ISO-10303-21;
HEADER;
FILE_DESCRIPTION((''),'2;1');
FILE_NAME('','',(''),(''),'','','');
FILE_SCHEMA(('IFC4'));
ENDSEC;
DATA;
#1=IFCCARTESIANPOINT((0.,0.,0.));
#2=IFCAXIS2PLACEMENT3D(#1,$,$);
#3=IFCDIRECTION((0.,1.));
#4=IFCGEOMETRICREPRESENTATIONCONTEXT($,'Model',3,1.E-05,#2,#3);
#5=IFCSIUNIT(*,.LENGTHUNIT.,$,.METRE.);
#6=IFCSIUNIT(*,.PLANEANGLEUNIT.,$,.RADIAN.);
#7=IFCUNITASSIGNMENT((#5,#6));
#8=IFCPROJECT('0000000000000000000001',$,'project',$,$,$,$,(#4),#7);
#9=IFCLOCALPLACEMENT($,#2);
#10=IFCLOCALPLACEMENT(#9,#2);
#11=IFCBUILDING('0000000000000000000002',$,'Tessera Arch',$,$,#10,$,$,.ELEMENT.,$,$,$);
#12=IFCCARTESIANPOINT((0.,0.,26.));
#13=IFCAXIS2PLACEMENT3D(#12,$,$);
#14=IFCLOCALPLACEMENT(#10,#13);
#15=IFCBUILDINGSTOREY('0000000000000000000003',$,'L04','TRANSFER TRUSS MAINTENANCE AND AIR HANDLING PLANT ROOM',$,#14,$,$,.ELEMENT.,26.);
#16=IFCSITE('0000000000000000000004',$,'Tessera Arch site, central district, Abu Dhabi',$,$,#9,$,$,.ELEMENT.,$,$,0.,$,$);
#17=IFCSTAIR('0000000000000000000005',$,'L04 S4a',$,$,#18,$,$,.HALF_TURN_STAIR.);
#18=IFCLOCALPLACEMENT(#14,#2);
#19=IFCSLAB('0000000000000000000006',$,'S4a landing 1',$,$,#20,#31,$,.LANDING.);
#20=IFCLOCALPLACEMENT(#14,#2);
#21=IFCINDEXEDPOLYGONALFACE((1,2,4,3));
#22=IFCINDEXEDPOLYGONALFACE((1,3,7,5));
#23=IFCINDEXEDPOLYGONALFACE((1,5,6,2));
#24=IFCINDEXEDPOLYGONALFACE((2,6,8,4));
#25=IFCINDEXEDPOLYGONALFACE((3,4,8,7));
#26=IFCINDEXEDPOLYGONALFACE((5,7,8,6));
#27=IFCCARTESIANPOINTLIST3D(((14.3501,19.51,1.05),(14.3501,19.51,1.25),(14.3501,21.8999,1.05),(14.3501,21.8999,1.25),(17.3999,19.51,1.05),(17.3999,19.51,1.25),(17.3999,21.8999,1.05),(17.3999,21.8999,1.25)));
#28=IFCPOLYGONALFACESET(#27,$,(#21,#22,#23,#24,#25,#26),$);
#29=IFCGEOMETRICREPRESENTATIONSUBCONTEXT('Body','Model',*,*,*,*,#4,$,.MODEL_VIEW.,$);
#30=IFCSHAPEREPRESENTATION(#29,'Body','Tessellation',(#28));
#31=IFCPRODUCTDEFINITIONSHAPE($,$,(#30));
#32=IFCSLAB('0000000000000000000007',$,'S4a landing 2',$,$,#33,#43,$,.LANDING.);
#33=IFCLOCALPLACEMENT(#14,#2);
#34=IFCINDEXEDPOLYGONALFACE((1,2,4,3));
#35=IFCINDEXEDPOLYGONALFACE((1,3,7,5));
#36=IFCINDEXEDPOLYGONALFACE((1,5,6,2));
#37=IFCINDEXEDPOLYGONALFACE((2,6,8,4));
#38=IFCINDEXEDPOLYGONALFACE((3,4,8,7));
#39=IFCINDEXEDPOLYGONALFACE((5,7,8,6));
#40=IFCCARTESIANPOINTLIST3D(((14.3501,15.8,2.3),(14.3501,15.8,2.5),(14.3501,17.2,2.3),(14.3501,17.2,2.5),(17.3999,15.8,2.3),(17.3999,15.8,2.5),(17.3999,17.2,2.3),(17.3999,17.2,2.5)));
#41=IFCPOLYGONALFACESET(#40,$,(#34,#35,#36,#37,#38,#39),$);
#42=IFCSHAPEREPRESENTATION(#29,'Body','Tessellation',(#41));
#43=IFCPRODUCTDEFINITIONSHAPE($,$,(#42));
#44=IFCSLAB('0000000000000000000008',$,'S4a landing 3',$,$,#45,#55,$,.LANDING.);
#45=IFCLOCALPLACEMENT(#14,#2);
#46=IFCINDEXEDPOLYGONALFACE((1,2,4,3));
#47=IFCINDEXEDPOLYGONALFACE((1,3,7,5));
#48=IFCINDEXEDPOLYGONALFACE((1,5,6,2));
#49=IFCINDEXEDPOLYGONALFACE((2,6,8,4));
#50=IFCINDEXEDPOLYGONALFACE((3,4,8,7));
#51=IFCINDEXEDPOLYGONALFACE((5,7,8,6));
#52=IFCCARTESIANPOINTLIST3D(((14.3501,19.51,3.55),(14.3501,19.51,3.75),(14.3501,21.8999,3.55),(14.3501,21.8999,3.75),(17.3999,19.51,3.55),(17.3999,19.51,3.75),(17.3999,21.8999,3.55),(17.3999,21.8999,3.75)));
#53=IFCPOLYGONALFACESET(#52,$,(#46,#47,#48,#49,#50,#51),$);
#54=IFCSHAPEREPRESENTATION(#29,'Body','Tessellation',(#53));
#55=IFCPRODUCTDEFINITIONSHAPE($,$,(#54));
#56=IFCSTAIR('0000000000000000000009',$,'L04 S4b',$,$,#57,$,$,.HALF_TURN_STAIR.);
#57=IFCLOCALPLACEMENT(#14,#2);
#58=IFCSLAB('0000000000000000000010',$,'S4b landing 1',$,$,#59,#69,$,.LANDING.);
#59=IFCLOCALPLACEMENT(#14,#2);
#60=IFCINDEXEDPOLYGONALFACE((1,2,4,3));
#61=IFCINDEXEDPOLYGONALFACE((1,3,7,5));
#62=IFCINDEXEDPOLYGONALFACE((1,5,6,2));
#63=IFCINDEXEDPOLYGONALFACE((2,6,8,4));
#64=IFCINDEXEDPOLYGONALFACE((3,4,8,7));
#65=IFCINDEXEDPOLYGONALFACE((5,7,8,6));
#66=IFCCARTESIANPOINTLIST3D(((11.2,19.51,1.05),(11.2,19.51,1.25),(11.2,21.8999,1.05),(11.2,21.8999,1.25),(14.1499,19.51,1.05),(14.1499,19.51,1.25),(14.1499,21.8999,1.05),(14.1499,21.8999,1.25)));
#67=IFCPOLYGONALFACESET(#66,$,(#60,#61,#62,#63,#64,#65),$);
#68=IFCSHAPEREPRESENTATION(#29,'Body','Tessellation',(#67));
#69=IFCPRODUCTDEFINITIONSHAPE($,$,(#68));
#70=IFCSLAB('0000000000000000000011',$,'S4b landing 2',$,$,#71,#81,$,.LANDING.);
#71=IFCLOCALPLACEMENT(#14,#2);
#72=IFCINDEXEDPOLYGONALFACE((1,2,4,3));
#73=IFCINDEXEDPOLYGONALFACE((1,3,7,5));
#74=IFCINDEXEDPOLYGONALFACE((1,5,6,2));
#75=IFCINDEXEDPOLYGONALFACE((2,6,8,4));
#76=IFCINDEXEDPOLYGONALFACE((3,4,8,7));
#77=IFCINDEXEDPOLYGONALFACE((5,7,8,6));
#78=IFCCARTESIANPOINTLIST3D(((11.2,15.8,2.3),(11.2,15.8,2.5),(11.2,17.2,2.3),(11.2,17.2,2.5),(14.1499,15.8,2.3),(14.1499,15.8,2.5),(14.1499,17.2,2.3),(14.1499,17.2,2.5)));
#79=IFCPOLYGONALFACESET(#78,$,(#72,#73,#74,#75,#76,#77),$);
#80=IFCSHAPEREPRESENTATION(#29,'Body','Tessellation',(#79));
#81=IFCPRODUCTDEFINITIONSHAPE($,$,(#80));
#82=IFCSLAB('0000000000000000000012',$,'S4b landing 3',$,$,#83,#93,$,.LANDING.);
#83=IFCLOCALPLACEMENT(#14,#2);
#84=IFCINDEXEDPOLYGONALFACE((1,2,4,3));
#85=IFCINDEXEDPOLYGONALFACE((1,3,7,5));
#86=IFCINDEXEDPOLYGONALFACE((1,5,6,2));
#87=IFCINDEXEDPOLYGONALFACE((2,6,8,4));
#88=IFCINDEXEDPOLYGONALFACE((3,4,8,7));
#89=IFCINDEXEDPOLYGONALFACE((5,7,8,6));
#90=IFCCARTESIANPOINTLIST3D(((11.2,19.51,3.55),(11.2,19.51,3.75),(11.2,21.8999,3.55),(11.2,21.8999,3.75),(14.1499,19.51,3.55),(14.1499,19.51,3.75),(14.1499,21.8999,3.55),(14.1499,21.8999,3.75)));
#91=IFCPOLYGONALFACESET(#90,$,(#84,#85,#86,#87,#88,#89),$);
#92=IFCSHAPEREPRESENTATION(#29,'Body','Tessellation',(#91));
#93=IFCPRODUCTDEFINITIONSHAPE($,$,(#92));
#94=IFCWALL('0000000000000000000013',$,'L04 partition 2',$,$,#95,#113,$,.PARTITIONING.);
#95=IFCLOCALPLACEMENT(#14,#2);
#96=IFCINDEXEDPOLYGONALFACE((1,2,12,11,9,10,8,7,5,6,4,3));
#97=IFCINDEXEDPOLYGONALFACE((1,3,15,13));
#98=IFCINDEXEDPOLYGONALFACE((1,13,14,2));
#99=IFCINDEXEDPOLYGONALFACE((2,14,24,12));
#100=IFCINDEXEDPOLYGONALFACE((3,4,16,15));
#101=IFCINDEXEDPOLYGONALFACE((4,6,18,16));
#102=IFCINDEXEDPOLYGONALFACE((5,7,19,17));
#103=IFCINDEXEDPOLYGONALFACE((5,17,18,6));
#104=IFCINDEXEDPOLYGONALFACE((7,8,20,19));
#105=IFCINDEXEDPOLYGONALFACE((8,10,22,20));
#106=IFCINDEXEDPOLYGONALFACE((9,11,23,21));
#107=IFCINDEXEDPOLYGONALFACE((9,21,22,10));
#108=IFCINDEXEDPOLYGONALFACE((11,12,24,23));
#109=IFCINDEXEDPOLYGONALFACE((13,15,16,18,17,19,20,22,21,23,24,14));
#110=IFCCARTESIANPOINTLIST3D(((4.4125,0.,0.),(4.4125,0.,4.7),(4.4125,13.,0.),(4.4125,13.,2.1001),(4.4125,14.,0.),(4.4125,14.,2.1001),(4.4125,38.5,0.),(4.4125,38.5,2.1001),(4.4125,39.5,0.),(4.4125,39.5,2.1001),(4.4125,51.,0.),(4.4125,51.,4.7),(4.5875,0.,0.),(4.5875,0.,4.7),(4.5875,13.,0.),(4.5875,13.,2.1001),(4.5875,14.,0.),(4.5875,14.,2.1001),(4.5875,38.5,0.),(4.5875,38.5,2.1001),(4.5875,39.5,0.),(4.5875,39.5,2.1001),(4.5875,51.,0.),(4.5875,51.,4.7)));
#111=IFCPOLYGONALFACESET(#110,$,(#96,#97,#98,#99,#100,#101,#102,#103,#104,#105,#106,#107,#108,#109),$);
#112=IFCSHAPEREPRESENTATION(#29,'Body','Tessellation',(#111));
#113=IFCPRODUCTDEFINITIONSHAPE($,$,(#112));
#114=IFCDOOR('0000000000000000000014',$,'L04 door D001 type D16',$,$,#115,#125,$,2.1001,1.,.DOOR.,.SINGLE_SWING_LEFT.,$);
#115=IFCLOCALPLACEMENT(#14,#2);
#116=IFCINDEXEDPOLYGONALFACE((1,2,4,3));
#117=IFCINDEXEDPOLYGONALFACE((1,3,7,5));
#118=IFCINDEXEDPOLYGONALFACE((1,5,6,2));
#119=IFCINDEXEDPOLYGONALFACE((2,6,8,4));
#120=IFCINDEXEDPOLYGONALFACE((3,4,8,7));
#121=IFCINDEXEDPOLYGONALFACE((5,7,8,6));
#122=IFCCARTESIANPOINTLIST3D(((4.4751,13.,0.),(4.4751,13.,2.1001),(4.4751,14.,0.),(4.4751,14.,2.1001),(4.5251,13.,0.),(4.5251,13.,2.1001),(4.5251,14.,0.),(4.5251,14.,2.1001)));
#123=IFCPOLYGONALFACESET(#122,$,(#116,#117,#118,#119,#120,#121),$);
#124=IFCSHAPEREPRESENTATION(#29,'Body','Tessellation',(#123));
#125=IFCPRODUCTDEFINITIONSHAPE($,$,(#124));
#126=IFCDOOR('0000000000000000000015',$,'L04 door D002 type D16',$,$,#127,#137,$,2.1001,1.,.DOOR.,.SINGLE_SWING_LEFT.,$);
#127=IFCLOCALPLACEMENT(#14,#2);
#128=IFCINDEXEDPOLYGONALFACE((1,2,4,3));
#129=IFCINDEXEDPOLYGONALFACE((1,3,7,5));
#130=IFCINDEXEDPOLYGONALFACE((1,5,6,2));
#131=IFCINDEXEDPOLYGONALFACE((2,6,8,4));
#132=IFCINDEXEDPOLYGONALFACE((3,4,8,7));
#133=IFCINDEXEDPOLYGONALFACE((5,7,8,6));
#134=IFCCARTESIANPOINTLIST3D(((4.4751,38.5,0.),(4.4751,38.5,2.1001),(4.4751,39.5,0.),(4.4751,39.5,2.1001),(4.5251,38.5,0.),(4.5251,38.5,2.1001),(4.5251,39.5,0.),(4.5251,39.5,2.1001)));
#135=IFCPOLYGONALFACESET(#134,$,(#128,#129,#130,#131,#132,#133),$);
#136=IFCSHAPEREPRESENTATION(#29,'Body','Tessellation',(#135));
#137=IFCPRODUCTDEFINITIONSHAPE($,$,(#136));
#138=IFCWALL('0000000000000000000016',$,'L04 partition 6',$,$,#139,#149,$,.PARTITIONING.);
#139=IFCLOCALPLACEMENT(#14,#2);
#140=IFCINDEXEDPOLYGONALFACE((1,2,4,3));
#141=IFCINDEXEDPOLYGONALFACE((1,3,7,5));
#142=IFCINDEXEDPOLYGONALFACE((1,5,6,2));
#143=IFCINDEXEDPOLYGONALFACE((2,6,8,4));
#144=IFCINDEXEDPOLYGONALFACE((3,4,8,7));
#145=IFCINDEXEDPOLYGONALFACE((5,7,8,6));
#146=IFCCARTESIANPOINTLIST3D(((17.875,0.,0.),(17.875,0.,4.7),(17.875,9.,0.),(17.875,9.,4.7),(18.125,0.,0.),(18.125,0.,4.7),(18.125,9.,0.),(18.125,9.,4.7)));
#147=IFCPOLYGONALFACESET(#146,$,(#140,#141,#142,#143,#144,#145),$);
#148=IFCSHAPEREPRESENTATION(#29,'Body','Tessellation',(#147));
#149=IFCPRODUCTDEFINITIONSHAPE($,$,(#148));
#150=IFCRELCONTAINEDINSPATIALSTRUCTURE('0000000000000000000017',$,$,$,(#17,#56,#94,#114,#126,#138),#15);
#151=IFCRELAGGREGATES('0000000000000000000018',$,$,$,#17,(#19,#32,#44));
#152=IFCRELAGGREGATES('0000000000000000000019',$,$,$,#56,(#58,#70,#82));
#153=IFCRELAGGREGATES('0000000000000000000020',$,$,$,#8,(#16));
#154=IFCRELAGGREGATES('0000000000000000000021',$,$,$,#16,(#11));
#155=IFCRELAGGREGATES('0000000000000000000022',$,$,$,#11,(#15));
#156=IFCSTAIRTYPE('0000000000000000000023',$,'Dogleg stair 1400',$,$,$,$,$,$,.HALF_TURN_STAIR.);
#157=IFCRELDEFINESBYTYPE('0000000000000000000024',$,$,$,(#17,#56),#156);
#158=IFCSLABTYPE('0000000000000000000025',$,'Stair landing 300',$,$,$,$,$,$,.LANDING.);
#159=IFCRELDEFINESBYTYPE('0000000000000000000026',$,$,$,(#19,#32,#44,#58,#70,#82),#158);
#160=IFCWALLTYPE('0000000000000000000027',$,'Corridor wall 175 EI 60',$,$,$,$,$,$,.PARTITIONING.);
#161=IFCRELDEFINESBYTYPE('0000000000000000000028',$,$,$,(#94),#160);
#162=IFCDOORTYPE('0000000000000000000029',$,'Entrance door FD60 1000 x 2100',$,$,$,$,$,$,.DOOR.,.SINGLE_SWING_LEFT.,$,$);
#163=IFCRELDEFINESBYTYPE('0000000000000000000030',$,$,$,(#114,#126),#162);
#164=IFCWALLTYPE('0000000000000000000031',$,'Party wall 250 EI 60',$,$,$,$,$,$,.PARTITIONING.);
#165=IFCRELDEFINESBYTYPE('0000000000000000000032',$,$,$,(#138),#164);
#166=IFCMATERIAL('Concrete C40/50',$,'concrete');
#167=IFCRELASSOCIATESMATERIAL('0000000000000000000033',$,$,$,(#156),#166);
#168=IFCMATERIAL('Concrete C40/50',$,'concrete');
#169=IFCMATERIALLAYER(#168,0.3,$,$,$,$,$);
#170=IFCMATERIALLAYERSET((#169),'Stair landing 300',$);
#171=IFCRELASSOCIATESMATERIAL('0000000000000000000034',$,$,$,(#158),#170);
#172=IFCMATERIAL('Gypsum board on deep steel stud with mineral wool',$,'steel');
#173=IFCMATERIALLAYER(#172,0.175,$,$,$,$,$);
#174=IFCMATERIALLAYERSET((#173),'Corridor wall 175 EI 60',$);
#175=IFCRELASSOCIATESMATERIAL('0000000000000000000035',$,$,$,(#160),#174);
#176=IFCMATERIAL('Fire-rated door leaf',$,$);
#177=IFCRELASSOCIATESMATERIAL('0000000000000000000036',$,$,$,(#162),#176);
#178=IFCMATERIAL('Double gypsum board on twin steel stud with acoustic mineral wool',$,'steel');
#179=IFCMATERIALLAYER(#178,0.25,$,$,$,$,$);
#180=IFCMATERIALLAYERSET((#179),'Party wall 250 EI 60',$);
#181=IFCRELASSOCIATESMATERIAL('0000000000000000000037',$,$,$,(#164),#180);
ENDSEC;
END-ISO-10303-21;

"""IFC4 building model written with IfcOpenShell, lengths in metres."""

from ifc_helpers import new_model, si_unit, direction, frame, frame_2d, origin, place, context, subcontext, project, spatial, polyline, rectangle, outline, extrude, material, layer, layer_set, type_object, element, fill, aggregate, save


model = new_model("IFC4")

# Units and contexts
model_context = context("Model", 3, precision=1e-05, world=origin(), true_north=direction((0.0, 1.0)))
body_context = subcontext(model_context, "Body", "Model", "MODEL_VIEW")
ifc_project = project(units=[si_unit("LENGTHUNIT", "METRE"), si_unit("PLANEANGLEUNIT", "RADIAN")], contexts=[model_context])

# Site, building, storey
site_placement = place(None, origin())
site = spatial("IfcSite", under=ifc_project, at=site_placement, Name="Tessera Arch site, central district, Abu Dhabi", CompositionType="ELEMENT", RefElevation=0.0)
building_placement = place(site_placement, origin())
building = spatial("IfcBuilding", under=site, at=building_placement, Name="Tessera Arch", CompositionType="ELEMENT")
storey_placement = place(building_placement, frame((0.0, 0.0, 26.0)))
storey = spatial("IfcBuildingStorey", under=building, at=storey_placement, Name="L04", Description="TRANSFER TRUSS MAINTENANCE AND AIR HANDLING PLANT ROOM", CompositionType="ELEMENT", Elevation=26.0)

# Stairs, slabs
ifc_material_1 = material(Name="Concrete C40/50", Category="concrete")
stair_type = type_object("IfcStairType", Name="Dogleg stair 1400", PredefinedType="HALF_TURN_STAIR", material=ifc_material_1)
stair_1_placement = place(storey_placement, origin())
stair_1 = element("IfcStair", 1, at=stair_1_placement, inside=storey, type_object=stair_type, Name="L04 S4a", PredefinedType="HALF_TURN_STAIR")
ifc_material_2 = material(Name="Concrete C40/50", Category="concrete")
ifc_layer_1 = layer(ifc_material_2, 0.3)
ifc_layer_set_1 = layer_set([ifc_layer_1], Name="Stair landing 300")
slab_type = type_object("IfcSlabType", Name="Stair landing 300", PredefinedType="LANDING", material=ifc_layer_set_1)
slab_1_placement = place(storey_placement, frame((0.0, 0.0, 1.05)))
slab_1 = element("IfcSlab", 2, at=slab_1_placement, type_object=slab_type, Name="S4a landing 1", PredefinedType="LANDING", context=body_context, shape_type="SweptSolid", body=[
    extrude(outline(polyline([(17.3999, 19.51), (17.3999, 21.8999), (14.3501, 21.8999), (14.3501, 19.51), (17.3999, 19.51)])), origin(), (0.0, 0.0, 1.0), 0.2),
])
slab_2_placement = place(storey_placement, frame((0.0, 0.0, 2.3)))
slab_2 = element("IfcSlab", 3, at=slab_2_placement, type_object=slab_type, Name="S4a landing 2", PredefinedType="LANDING", context=body_context, shape_type="SweptSolid", body=[
    extrude(outline(polyline([(17.3999, 15.8), (17.3999, 17.2), (14.3501, 17.2), (14.3501, 15.8), (17.3999, 15.8)])), origin(), (0.0, 0.0, 1.0), 0.2),
])
slab_3_placement = place(storey_placement, frame((0.0, 0.0, 3.55)))
slab_3 = element("IfcSlab", 4, at=slab_3_placement, type_object=slab_type, Name="S4a landing 3", PredefinedType="LANDING", context=body_context, shape_type="SweptSolid", body=[
    extrude(outline(polyline([(17.3999, 19.51), (17.3999, 21.8999), (14.3501, 21.8999), (14.3501, 19.51), (17.3999, 19.51)])), origin(), (0.0, 0.0, 1.0), 0.2),
])
aggregate(stair_1, [slab_1, slab_2, slab_3])
stair_2_placement = place(storey_placement, origin())
stair_2 = element("IfcStair", 5, at=stair_2_placement, inside=storey, type_object=stair_type, Name="L04 S4b", PredefinedType="HALF_TURN_STAIR")
slab_4_placement = place(storey_placement, frame((0.0, 0.0, 1.05)))
slab_4 = element("IfcSlab", 6, at=slab_4_placement, type_object=slab_type, Name="S4b landing 1", PredefinedType="LANDING", context=body_context, shape_type="SweptSolid", body=[
    extrude(outline(polyline([(14.1499, 19.51), (14.1499, 21.8999), (11.2, 21.8999), (11.2, 19.51), (14.1499, 19.51)])), origin(), (0.0, 0.0, 1.0), 0.2),
])
slab_5_placement = place(storey_placement, frame((0.0, 0.0, 2.3)))
slab_5 = element("IfcSlab", 7, at=slab_5_placement, type_object=slab_type, Name="S4b landing 2", PredefinedType="LANDING", context=body_context, shape_type="SweptSolid", body=[
    extrude(outline(polyline([(14.1499, 15.8), (14.1499, 17.2), (11.2, 17.2), (11.2, 15.8), (14.1499, 15.8)])), origin(), (0.0, 0.0, 1.0), 0.2),
])
slab_6_placement = place(storey_placement, frame((0.0, 0.0, 3.55)))
slab_6 = element("IfcSlab", 8, at=slab_6_placement, type_object=slab_type, Name="S4b landing 3", PredefinedType="LANDING", context=body_context, shape_type="SweptSolid", body=[
    extrude(outline(polyline([(14.1499, 19.51), (14.1499, 21.8999), (11.2, 21.8999), (11.2, 19.51), (14.1499, 19.51)])), origin(), (0.0, 0.0, 1.0), 0.2),
])
aggregate(stair_2, [slab_4, slab_5, slab_6])

# Wall, openings, doors
ifc_material_3 = material(Name="Gypsum board on deep steel stud with mineral wool", Category="steel")
ifc_layer_2 = layer(ifc_material_3, 0.175)
ifc_layer_set_2 = layer_set([ifc_layer_2], Name="Corridor wall 175 EI 60")
wall_type_1 = type_object("IfcWallType", Name="Corridor wall 175 EI 60", PredefinedType="PARTITIONING", material=ifc_layer_set_2)
wall_1_placement = place(storey_placement, frame((4.5, 0.0, 0.0), z_axis=(0.0, 0.0, 1.0), x_axis=(0.0, 1.0, 0.0)))
wall_1 = element("IfcWall", 9, at=wall_1_placement, inside=storey, type_object=wall_type_1, Name="L04 partition 2", PredefinedType="PARTITIONING", context=body_context, shape_type="SweptSolid", body=[
    extrude(rectangle(XDim=51.0, YDim=0.175, at=frame_2d((25.5, 0.0))), origin(), (0.0, 0.0, 1.0), 4.7),
])
opening_1_placement = place(wall_1_placement, frame((13.0, 0.0, 0.0)))
opening_1 = element("IfcOpeningElement", 10, at=opening_1_placement, cuts=wall_1, PredefinedType="OPENING", context=body_context, shape_type="SweptSolid", body=[
    extrude(rectangle(XDim=1.0, YDim=2.1001, at=frame_2d((0.5, 1.05))), frame((0.0, 0.0974, 0.0), z_axis=(0.0, -1.0, 0.0), x_axis=(1.0, 0.0, 0.0)), (0.0, 0.0, 1.0), 0.1951),
])
opening_2_placement = place(wall_1_placement, frame((38.5, 0.0, 0.0)))
opening_2 = element("IfcOpeningElement", 11, at=opening_2_placement, cuts=wall_1, PredefinedType="OPENING", context=body_context, shape_type="SweptSolid", body=[
    extrude(rectangle(XDim=1.0, YDim=2.1001, at=frame_2d((0.5, 1.05))), frame((0.0, 0.0974, 0.0), z_axis=(0.0, -1.0, 0.0), x_axis=(1.0, 0.0, 0.0)), (0.0, 0.0, 1.0), 0.1951),
])
ifc_material_4 = material(Name="Fire-rated door leaf")
door_type = type_object("IfcDoorType", Name="Entrance door FD60 1000 x 2100", OperationType="SINGLE_SWING_LEFT", PredefinedType="DOOR", material=ifc_material_4)
door_1_placement = place(opening_1_placement, origin())
door_1 = element("IfcDoor", 12, at=door_1_placement, inside=storey, type_object=door_type, Name="L04 door D001 type D16", OperationType="SINGLE_SWING_LEFT", OverallHeight=2.1001, OverallWidth=1.0, PredefinedType="DOOR", context=body_context, shape_type="SweptSolid", body=[
    extrude(rectangle(XDim=1.0, YDim=2.1001, at=frame_2d((0.5, 1.05))), frame((0.0, 0.0249, 0.0), z_axis=(0.0, -1.0, 0.0), x_axis=(1.0, 0.0, 0.0)), (0.0, 0.0, 1.0), 0.05),
])
fill(opening_1, door_1)
door_2_placement = place(opening_2_placement, origin())
door_2 = element("IfcDoor", 13, at=door_2_placement, inside=storey, type_object=door_type, Name="L04 door D002 type D16", OperationType="SINGLE_SWING_LEFT", OverallHeight=2.1001, OverallWidth=1.0, PredefinedType="DOOR", context=body_context, shape_type="SweptSolid", body=[
    extrude(rectangle(XDim=1.0, YDim=2.1001, at=frame_2d((0.5, 1.05))), frame((0.0, 0.0249, 0.0), z_axis=(0.0, -1.0, 0.0), x_axis=(1.0, 0.0, 0.0)), (0.0, 0.0, 1.0), 0.05),
])
fill(opening_2, door_2)

# Wall
ifc_material_5 = material(Name="Double gypsum board on twin steel stud with acoustic mineral wool", Category="steel")
ifc_layer_3 = layer(ifc_material_5, 0.25)
ifc_layer_set_3 = layer_set([ifc_layer_3], Name="Party wall 250 EI 60")
wall_type_2 = type_object("IfcWallType", Name="Party wall 250 EI 60", PredefinedType="PARTITIONING", material=ifc_layer_set_3)
wall_2_placement = place(storey_placement, frame((18.0, 0.0, 0.0), z_axis=(0.0, 0.0, 1.0), x_axis=(0.0, 1.0, 0.0)))
element("IfcWall", 14, at=wall_2_placement, inside=storey, type_object=wall_type_2, Name="L04 partition 6", PredefinedType="PARTITIONING", context=body_context, shape_type="SweptSolid", body=[
    extrude(rectangle(XDim=9.0, YDim=0.25, at=frame_2d((4.5, 0.0))), origin(), (0.0, 0.0, 1.0), 4.7),
])

save(model, "model.ifc")
